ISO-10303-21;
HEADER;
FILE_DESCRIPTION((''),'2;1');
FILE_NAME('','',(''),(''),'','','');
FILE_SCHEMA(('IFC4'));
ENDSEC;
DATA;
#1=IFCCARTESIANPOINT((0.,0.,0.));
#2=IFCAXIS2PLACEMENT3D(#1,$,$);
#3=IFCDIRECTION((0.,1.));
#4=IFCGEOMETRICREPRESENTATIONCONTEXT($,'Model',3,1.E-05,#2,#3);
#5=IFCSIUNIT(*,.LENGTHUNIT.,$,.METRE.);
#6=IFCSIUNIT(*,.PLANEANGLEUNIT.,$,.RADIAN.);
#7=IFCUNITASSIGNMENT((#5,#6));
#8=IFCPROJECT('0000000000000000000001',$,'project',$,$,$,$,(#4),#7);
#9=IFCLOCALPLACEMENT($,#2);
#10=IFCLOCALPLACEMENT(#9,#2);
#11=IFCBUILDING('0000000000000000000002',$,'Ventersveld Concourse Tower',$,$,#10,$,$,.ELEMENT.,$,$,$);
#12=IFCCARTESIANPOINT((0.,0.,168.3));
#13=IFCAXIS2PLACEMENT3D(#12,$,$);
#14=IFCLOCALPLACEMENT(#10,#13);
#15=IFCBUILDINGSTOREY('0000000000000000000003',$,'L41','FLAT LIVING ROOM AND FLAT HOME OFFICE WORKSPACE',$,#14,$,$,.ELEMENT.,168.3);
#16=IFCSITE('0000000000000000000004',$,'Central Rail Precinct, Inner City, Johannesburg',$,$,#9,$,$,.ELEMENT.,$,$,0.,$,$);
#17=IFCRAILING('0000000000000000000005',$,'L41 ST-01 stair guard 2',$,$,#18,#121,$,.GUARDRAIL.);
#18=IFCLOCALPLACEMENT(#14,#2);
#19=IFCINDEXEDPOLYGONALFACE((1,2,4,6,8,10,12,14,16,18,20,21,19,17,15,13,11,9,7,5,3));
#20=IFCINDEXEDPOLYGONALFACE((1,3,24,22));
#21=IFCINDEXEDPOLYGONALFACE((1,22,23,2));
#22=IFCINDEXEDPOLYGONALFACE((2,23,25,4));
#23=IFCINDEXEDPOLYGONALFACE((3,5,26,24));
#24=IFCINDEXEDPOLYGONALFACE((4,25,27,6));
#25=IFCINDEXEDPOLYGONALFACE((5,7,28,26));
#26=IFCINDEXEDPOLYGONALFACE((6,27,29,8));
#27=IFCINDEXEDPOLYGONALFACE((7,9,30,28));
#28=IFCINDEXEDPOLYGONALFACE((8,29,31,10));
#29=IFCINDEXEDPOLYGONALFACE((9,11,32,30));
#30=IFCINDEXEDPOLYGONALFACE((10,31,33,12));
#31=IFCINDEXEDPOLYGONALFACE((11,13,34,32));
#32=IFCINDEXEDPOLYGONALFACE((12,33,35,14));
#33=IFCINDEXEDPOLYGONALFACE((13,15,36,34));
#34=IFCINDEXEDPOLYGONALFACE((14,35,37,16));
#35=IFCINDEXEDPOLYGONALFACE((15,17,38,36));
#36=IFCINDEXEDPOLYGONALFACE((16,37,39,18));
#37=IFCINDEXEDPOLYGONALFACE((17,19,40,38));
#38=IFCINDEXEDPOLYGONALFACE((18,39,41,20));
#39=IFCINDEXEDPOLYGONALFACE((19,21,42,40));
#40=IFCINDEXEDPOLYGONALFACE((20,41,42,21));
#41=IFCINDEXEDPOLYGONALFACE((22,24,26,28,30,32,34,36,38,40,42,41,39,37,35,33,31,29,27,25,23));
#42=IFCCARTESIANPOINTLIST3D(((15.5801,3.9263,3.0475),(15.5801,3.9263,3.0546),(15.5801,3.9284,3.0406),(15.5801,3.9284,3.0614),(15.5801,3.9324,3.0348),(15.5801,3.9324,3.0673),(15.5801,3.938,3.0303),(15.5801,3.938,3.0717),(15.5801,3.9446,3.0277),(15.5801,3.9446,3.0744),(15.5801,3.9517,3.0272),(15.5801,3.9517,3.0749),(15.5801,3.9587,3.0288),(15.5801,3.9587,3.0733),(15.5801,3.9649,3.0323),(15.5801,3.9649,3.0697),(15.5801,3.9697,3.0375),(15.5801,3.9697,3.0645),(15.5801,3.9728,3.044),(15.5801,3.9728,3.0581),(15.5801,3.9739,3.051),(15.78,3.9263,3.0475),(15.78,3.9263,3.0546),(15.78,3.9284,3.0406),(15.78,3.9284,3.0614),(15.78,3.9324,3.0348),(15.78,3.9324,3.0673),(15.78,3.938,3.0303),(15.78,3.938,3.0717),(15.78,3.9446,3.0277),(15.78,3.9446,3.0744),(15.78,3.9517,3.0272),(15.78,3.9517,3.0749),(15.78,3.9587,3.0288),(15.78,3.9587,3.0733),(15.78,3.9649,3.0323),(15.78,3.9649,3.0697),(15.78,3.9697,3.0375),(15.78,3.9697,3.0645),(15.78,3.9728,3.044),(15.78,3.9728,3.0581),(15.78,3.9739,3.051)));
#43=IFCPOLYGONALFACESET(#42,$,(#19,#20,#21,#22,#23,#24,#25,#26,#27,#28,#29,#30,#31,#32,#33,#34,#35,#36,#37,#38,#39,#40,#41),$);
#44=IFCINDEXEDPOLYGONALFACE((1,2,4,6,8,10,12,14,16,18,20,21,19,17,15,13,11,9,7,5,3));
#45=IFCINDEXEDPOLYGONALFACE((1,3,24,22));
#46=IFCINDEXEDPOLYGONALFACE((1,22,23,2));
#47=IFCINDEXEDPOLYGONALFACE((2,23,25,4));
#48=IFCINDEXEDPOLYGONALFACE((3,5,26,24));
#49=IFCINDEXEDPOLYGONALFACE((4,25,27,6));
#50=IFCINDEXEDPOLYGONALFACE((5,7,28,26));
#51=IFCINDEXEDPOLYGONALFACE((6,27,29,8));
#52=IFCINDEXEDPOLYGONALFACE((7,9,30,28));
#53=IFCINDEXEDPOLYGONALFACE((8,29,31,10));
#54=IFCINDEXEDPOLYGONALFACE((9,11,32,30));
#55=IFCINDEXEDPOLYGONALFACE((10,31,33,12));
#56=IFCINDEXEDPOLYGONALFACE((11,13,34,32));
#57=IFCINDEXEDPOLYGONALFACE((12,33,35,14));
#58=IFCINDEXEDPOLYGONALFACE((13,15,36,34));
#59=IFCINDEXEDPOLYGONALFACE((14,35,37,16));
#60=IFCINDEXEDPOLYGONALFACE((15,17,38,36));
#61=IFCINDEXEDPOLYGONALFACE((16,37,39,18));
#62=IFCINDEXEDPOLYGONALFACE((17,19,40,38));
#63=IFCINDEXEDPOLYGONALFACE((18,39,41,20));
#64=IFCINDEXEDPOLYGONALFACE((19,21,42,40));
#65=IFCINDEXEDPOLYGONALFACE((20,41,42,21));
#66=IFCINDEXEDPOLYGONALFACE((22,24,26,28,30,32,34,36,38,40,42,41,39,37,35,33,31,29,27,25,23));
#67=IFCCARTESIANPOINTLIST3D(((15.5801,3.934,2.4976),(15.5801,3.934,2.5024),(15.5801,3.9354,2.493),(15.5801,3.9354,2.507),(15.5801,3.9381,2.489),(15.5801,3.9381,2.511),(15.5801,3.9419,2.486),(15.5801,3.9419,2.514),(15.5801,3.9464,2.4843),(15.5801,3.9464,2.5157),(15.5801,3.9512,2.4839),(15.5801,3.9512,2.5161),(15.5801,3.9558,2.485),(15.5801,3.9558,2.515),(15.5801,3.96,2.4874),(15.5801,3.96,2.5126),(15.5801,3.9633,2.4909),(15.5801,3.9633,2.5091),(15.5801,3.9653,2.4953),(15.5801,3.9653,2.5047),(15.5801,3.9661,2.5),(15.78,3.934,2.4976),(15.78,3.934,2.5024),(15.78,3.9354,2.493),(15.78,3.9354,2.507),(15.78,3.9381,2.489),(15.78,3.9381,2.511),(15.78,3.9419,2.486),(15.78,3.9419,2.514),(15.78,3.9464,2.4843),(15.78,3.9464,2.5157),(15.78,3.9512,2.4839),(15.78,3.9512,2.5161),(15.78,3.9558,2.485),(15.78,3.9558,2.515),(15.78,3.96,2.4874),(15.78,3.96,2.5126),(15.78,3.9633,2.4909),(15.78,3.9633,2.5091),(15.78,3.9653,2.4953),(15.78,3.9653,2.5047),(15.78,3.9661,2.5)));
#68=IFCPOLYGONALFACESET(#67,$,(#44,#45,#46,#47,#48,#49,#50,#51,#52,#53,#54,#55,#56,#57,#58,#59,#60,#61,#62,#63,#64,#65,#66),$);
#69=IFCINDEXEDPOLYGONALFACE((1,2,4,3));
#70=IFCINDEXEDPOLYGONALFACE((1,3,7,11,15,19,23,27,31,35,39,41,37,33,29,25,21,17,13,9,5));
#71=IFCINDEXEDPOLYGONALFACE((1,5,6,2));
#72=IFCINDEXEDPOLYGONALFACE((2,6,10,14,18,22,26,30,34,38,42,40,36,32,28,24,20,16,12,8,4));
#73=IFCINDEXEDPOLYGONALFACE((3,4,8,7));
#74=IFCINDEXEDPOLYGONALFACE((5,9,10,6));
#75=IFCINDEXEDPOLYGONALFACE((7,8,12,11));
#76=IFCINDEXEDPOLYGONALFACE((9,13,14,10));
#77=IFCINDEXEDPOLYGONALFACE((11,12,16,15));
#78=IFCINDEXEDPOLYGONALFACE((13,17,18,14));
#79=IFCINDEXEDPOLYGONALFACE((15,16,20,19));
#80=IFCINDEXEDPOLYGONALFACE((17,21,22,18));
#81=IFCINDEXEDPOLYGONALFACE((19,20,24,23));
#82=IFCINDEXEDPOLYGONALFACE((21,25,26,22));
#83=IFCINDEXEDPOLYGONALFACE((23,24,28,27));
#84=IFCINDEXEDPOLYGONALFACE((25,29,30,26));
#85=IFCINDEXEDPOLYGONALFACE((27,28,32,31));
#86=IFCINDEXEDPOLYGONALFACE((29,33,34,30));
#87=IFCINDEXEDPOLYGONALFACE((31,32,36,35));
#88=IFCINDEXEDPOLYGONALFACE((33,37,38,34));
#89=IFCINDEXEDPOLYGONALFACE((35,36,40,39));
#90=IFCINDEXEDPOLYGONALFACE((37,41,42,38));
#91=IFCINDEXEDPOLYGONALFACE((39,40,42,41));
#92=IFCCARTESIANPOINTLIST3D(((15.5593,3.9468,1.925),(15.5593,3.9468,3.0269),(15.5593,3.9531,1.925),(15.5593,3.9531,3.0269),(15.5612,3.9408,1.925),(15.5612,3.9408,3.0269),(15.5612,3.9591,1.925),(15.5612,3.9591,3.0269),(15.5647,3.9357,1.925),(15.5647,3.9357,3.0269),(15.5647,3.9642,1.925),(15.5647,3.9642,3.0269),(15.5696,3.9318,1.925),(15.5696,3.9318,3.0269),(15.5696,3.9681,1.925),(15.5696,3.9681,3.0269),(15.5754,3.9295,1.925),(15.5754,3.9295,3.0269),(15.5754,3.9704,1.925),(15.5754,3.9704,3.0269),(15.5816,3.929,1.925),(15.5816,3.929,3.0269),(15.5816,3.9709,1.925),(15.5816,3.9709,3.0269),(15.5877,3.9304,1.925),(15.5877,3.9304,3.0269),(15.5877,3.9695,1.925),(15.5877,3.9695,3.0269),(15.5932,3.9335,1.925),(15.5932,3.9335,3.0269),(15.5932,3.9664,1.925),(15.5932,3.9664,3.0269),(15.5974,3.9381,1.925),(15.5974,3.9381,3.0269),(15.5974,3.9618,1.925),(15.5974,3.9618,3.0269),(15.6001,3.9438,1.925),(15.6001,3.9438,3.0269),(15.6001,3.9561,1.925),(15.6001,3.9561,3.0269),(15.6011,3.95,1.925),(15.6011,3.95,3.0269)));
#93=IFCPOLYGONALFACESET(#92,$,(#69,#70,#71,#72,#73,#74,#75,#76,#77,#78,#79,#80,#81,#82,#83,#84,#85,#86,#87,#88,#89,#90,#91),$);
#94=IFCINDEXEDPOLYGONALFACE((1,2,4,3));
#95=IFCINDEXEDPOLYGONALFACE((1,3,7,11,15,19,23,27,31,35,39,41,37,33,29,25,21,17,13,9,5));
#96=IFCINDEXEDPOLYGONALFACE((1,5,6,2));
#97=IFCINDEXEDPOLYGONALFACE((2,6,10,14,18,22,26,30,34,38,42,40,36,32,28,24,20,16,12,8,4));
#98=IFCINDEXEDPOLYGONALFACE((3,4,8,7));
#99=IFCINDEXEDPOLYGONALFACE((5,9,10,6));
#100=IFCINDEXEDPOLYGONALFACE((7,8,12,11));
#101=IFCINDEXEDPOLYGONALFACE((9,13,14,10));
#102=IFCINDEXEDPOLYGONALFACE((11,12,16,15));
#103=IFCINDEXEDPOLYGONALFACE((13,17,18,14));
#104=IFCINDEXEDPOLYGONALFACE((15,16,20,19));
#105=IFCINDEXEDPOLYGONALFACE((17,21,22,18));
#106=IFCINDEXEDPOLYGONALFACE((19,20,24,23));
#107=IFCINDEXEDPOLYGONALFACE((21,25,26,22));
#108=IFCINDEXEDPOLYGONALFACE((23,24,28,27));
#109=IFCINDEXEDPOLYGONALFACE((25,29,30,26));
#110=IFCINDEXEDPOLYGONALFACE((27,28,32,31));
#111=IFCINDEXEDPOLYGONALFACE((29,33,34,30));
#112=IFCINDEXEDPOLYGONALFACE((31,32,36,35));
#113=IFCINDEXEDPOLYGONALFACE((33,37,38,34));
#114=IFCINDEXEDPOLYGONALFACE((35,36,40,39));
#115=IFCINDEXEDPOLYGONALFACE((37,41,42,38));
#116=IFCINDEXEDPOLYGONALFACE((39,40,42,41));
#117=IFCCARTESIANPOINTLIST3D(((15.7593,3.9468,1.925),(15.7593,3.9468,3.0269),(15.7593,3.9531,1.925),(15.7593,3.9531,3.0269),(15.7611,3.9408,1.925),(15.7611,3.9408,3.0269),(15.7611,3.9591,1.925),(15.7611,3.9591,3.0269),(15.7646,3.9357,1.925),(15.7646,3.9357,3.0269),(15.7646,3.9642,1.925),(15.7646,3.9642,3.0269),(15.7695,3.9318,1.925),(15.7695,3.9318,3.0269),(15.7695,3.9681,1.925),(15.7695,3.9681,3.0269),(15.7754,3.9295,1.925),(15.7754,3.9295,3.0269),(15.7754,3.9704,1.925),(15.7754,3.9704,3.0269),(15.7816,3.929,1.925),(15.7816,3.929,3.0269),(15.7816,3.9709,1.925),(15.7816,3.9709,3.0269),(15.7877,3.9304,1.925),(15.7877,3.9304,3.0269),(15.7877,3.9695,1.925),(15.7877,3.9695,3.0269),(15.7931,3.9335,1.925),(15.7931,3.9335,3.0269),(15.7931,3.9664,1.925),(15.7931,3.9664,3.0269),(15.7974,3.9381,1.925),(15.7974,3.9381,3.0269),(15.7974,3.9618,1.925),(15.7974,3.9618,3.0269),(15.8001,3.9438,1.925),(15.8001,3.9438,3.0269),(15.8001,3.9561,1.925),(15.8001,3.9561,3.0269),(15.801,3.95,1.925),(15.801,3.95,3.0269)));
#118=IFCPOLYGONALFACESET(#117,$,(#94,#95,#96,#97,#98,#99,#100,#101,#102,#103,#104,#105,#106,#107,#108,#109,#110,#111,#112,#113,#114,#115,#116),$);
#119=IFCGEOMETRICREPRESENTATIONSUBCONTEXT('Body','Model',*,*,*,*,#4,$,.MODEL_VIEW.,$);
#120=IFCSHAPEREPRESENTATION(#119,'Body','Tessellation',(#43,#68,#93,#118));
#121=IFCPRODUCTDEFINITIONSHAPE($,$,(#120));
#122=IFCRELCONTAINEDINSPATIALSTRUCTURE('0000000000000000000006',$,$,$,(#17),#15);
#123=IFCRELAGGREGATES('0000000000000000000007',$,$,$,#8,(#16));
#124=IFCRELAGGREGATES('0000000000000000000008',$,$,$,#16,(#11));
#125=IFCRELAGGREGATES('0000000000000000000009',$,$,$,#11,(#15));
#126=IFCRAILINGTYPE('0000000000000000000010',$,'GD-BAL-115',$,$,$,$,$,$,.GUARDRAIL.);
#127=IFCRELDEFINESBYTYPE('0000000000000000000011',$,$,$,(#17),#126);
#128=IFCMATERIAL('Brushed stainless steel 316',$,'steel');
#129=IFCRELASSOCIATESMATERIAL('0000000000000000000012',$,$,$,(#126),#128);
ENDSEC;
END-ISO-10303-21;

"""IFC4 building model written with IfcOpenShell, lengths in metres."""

from ifc_helpers import new_model, si_unit, direction, frame, origin, origin_2d, place, context, subcontext, project, spatial, circle, extrude, material, type_object, element, save


model = new_model("IFC4")

# Units and contexts
model_context = context("Model", 3, precision=1e-05, world=origin(), true_north=direction((0.0, 1.0)))
body_context = subcontext(model_context, "Body", "Model", "MODEL_VIEW")
ifc_project = project(units=[si_unit("LENGTHUNIT", "METRE"), si_unit("PLANEANGLEUNIT", "RADIAN")], contexts=[model_context])

# Site, building, storey
site_placement = place(None, origin())
site = spatial("IfcSite", under=ifc_project, at=site_placement, Name="Central Rail Precinct, Inner City, Johannesburg", CompositionType="ELEMENT", RefElevation=0.0)
building_placement = place(site_placement, origin())
building = spatial("IfcBuilding", under=site, at=building_placement, Name="Ventersveld Concourse Tower", CompositionType="ELEMENT")
storey_placement = place(building_placement, frame((0.0, 0.0, 168.3)))
storey = spatial("IfcBuildingStorey", under=building, at=storey_placement, Name="L41", Description="FLAT LIVING ROOM AND FLAT HOME OFFICE WORKSPACE", CompositionType="ELEMENT", Elevation=168.3)

# Railing
ifc_material_1 = material(Name="Brushed stainless steel 316", Category="steel")
railing_type_1 = type_object("IfcRailingType", Name="GD-BAL-115", PredefinedType="GUARDRAIL", material=ifc_material_1)
railing_1_placement = place(storey_placement, frame((15.5801, 3.95, 1.925)))
element("IfcRailing", 1, at=railing_1_placement, inside=storey, type_object=railing_type_1, Name="L41 ST-01 stair guard 2", PredefinedType="GUARDRAIL", context=body_context, shape_type="SweptSolid", body=[
    extrude(circle(Radius=0.0239, at=origin_2d()), frame((0.0, 0.0, 1.126), z_axis=(1.0, 0.0, 0.0), x_axis=(0.0, 1.0, 0.0)), (0.0, 0.0, 1.0), 0.2),
    extrude(circle(Radius=0.0161, at=origin_2d()), frame((0.0, 0.0, 0.575), z_axis=(1.0, 0.0, 0.0), x_axis=(0.0, 1.0, 0.0)), (0.0, 0.0, 1.0), 0.2),
    extrude(circle(Radius=0.021, at=origin_2d()), origin(), (0.0, 0.0, 1.0), 1.1018),
    extrude(circle(Radius=0.021, at=origin_2d()), frame((0.2, 0.0, 0.0)), (0.0, 0.0, 1.0), 1.1018),
])

save(model, "model.ifc")
